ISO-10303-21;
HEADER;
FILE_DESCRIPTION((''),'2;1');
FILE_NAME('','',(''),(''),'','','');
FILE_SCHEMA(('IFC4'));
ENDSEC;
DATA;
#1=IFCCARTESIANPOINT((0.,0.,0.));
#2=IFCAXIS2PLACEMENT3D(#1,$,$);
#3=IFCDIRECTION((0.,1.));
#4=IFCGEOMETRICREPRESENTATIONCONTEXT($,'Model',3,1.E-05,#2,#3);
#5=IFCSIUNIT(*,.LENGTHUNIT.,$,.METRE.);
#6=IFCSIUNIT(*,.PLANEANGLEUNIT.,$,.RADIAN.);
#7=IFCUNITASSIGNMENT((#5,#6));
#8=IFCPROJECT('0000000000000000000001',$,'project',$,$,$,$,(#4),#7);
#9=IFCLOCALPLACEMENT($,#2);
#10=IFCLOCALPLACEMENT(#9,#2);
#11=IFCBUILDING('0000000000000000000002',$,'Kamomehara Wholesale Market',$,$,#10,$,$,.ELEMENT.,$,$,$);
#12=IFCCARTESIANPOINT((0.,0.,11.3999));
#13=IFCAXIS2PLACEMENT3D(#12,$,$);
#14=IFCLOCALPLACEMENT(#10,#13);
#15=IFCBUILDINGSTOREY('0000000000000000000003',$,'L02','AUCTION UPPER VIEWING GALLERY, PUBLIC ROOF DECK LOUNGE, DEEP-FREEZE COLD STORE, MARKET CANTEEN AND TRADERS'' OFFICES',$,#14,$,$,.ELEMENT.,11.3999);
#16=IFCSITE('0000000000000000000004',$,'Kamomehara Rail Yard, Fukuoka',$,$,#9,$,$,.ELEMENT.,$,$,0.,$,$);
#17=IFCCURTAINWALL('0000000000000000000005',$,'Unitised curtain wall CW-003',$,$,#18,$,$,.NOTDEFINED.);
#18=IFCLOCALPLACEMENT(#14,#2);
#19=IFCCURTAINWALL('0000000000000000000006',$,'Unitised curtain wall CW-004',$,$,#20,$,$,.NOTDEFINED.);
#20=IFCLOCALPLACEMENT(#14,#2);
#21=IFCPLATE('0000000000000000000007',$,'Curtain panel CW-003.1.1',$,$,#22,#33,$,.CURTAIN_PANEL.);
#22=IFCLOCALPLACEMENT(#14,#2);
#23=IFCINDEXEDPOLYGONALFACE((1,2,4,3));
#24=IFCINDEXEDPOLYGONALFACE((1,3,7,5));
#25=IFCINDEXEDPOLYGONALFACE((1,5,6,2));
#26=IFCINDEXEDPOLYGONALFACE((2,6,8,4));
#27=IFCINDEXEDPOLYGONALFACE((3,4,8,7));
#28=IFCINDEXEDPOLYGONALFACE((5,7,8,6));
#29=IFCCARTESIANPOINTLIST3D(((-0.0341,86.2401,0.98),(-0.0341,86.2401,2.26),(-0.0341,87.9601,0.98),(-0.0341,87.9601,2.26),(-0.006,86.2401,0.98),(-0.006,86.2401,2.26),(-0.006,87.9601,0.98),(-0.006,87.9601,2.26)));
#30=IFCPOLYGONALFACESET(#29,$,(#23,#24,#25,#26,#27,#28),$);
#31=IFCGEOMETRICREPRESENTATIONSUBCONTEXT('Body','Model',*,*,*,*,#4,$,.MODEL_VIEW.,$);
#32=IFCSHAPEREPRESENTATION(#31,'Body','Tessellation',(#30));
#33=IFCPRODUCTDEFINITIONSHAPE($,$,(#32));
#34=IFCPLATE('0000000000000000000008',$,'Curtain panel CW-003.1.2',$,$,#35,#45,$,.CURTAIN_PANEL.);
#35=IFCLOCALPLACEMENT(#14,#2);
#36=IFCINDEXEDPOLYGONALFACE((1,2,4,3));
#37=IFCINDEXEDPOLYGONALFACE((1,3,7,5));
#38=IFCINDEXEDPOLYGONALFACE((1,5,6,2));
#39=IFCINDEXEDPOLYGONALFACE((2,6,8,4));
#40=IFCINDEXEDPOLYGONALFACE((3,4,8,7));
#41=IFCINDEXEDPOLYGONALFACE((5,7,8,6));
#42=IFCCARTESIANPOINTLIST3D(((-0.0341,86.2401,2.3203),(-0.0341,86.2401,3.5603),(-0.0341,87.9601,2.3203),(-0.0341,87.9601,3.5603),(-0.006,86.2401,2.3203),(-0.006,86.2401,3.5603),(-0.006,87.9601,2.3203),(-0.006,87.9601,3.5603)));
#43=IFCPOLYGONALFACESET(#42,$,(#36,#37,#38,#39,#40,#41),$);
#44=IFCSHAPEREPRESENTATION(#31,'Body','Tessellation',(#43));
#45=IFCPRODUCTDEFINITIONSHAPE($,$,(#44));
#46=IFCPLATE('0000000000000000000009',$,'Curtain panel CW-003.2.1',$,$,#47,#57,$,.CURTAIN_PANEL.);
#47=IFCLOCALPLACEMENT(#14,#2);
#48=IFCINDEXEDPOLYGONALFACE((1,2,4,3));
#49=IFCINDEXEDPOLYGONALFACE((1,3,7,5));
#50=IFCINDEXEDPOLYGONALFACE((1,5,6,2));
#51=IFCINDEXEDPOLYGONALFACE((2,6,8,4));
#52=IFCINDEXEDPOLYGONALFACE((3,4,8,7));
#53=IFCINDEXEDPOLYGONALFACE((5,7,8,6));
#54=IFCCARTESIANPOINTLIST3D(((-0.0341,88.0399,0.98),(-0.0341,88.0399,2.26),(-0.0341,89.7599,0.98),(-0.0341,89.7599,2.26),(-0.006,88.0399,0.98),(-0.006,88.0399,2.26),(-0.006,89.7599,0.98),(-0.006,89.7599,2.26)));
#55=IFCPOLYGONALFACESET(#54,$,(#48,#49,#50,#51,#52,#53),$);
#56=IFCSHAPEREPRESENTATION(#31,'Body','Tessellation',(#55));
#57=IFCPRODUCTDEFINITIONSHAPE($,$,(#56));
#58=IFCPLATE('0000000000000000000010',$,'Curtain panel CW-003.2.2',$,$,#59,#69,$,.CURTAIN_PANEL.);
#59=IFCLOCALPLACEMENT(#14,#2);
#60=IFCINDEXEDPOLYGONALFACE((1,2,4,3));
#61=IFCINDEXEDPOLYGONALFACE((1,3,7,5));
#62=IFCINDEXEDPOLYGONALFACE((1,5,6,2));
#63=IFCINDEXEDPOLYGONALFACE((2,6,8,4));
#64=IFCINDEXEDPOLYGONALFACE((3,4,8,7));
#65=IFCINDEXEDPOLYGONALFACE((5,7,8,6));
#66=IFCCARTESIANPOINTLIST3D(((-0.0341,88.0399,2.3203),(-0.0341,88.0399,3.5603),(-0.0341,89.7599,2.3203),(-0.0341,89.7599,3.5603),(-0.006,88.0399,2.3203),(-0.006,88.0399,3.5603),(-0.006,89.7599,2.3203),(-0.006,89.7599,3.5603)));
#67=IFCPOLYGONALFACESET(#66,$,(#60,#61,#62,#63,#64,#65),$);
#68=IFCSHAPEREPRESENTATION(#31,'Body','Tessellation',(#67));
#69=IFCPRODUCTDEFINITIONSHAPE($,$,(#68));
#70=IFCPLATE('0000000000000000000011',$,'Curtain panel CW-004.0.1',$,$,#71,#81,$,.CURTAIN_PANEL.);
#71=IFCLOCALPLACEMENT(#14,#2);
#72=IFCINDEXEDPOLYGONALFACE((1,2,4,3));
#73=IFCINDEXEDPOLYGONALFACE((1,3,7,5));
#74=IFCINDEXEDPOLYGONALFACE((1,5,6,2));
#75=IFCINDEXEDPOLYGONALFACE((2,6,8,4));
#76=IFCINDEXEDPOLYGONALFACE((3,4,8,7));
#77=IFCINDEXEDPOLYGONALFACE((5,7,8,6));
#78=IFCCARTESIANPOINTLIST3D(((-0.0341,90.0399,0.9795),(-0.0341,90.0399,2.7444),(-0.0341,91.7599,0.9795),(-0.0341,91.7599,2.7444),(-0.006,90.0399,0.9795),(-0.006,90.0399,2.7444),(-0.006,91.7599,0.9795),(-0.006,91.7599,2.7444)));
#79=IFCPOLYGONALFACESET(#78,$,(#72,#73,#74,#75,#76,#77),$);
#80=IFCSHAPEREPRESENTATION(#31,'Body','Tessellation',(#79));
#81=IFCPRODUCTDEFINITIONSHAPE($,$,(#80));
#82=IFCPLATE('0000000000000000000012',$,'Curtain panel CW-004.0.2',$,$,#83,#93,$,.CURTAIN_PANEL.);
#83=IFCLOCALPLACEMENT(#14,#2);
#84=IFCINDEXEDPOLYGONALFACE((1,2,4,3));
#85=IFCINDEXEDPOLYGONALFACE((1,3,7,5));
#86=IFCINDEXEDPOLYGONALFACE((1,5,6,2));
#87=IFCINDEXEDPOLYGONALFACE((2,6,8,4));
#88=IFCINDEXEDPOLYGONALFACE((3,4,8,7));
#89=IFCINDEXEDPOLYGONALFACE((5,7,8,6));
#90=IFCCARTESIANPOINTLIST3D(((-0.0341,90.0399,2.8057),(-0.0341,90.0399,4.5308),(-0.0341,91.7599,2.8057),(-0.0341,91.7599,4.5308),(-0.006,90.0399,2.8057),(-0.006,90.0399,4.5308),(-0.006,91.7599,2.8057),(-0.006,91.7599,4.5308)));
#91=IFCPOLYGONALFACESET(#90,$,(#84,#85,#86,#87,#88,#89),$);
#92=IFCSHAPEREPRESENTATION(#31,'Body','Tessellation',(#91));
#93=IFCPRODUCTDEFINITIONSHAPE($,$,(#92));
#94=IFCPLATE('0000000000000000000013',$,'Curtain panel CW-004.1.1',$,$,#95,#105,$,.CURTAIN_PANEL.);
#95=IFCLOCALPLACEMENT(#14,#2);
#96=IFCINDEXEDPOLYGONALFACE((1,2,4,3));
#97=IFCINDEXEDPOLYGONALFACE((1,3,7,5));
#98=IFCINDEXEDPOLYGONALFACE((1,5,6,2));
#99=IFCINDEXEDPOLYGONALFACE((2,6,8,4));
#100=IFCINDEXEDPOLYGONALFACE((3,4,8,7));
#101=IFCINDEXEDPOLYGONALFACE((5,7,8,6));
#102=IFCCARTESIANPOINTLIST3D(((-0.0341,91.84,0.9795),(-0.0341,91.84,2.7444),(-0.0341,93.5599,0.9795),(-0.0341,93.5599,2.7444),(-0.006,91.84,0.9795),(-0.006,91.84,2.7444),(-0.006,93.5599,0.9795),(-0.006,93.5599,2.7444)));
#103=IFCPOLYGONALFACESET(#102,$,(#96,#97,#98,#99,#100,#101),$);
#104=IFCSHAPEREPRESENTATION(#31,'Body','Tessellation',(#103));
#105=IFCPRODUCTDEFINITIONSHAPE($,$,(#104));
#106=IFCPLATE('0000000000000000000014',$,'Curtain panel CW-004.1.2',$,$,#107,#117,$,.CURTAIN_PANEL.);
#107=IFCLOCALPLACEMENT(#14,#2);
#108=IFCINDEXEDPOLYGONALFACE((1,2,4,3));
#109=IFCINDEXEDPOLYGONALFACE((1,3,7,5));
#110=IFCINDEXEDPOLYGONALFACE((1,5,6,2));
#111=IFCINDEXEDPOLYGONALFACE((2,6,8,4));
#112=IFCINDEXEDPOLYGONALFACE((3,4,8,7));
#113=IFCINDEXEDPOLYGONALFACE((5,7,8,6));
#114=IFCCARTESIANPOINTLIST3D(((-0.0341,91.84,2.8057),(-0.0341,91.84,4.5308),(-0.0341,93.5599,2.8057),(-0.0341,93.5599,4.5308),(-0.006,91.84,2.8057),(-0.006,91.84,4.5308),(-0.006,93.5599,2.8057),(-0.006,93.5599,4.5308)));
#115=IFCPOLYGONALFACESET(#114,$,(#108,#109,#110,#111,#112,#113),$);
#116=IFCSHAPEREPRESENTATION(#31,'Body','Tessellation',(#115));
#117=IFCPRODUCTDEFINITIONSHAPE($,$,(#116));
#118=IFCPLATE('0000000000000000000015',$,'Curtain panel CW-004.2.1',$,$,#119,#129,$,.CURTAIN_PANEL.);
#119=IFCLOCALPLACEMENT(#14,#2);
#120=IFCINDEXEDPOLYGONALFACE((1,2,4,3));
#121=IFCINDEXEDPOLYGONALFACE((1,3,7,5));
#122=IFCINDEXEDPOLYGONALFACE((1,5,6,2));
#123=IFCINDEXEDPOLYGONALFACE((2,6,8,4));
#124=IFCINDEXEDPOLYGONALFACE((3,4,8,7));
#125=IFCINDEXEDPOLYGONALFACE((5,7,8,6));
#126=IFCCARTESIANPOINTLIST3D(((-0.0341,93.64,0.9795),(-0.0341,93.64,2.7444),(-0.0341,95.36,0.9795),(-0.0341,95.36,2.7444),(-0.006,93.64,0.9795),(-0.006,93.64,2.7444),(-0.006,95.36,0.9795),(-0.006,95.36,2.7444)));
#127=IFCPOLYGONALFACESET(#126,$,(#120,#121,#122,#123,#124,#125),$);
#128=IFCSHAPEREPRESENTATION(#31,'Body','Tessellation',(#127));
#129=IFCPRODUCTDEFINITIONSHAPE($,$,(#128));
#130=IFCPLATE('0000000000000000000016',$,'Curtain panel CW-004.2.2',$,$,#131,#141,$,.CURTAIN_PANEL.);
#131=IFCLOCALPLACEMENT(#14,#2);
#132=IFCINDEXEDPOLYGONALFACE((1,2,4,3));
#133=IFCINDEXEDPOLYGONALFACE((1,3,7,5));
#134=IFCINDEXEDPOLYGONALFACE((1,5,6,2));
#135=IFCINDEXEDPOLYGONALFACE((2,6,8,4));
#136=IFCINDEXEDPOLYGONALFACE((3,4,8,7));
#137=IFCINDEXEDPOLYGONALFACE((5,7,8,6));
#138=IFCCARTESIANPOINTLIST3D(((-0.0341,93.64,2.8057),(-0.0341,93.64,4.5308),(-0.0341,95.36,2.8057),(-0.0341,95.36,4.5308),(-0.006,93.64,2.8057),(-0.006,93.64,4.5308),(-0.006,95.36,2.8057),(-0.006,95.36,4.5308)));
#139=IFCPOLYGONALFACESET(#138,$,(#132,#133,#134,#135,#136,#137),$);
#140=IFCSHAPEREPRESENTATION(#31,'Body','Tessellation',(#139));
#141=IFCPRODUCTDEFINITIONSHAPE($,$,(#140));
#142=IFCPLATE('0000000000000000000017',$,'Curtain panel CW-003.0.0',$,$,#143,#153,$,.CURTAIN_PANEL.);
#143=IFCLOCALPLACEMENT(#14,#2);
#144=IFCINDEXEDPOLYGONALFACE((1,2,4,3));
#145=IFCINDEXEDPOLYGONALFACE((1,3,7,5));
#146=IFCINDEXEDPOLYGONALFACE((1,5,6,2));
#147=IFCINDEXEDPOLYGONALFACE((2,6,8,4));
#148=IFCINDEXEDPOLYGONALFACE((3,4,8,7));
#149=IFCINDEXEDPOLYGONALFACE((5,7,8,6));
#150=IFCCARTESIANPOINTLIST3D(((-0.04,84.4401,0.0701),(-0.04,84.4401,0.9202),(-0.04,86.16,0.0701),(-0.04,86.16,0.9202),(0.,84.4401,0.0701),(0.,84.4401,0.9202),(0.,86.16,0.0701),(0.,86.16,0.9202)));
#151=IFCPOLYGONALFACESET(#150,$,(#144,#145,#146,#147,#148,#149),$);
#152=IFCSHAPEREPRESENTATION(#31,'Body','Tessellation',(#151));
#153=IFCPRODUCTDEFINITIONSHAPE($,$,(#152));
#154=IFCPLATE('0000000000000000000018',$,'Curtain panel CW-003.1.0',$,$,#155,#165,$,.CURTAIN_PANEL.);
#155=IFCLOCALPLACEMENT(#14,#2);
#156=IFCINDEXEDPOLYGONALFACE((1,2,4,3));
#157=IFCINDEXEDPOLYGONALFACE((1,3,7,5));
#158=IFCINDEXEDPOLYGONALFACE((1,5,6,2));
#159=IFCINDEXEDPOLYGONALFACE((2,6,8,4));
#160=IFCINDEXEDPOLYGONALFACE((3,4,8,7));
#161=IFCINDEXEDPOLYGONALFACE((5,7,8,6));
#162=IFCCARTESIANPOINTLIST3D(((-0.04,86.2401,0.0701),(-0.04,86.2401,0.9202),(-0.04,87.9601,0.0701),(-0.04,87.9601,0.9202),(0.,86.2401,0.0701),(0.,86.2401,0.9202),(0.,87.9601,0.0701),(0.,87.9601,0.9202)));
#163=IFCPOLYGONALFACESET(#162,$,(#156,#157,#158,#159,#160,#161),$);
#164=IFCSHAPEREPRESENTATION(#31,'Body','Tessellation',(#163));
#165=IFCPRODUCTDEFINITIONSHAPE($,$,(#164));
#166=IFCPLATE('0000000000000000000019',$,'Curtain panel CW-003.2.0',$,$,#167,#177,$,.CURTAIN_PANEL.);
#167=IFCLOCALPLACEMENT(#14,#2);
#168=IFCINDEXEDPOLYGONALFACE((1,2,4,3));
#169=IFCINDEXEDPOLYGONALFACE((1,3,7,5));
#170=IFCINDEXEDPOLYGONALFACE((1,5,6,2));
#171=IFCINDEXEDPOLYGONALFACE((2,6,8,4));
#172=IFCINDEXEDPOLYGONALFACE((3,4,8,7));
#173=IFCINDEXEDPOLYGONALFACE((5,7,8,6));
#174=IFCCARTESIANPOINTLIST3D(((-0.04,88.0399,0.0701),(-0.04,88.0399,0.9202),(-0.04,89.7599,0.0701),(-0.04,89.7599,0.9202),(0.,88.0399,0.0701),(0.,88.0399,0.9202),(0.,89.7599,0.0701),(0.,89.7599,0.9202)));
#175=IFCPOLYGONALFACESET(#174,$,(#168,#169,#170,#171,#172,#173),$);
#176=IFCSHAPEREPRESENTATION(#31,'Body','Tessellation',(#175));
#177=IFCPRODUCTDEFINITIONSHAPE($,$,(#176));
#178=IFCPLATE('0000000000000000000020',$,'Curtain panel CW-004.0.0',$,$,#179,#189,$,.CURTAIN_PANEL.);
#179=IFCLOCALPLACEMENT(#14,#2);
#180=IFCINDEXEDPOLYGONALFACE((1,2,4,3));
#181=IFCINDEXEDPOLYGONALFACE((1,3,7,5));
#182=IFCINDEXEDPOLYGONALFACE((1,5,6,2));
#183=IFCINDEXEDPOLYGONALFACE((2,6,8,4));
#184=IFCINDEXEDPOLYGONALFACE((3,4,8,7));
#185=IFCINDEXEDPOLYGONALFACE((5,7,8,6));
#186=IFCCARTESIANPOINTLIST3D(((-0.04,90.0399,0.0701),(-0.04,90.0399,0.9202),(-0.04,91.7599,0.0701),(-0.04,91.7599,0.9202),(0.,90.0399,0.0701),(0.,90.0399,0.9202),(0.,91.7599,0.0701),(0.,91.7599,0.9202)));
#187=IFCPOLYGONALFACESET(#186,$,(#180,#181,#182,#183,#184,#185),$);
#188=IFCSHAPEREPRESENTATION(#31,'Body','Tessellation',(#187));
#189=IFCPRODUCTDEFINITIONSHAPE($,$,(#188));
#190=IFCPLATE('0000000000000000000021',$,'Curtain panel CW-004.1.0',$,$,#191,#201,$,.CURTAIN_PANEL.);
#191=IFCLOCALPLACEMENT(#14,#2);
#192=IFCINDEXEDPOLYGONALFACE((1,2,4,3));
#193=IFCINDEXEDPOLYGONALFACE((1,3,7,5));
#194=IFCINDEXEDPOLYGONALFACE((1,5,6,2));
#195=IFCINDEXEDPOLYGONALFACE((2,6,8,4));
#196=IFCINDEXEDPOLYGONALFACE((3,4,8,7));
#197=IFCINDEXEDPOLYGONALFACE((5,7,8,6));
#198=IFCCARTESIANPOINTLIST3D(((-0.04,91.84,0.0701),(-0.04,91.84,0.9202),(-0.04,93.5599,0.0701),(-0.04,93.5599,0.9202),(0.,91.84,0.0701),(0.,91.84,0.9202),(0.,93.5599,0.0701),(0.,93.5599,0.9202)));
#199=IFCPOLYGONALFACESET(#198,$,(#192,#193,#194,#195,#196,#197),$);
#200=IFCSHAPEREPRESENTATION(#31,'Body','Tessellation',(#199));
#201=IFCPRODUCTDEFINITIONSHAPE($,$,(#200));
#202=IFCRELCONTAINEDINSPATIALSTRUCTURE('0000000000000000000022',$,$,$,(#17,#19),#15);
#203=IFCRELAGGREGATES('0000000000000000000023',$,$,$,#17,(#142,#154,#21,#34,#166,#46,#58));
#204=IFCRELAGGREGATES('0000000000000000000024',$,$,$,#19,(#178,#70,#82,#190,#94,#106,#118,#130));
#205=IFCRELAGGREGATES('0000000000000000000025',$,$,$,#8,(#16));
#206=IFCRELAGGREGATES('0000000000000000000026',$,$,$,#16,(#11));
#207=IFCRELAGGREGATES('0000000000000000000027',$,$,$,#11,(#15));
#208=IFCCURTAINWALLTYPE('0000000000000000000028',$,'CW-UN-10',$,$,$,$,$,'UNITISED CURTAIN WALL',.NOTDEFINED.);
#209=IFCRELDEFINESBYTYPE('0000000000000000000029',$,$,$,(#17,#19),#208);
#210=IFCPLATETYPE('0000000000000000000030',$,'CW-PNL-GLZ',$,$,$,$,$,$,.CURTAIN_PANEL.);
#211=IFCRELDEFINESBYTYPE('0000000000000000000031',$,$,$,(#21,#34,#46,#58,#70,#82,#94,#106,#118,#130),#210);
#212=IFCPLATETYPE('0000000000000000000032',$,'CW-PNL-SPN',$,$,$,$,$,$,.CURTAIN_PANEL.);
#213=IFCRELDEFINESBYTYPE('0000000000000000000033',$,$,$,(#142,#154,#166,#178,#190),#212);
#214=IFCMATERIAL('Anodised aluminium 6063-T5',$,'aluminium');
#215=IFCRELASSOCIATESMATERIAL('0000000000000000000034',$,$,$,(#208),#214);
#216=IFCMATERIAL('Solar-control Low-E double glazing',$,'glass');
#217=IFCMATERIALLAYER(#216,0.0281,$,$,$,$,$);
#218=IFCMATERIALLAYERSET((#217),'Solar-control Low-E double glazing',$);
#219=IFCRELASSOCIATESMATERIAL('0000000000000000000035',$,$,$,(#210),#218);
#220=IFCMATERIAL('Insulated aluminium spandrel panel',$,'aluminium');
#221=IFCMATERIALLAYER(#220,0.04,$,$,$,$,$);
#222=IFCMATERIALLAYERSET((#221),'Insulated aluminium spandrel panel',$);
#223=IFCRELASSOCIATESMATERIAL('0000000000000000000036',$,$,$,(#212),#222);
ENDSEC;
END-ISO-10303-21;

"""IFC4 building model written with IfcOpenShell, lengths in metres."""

from ifc_helpers import new_model, si_unit, direction, frame, origin, origin_2d, place, context, subcontext, project, spatial, rectangle, extrude, material, layer, layer_set, type_object, element, aggregate, save


model = new_model("IFC4")

# Units and contexts
model_context = context("Model", 3, precision=1e-05, world=origin(), true_north=direction((0.0, 1.0)))
body_context = subcontext(model_context, "Body", "Model", "MODEL_VIEW")
ifc_project = project(units=[si_unit("LENGTHUNIT", "METRE"), si_unit("PLANEANGLEUNIT", "RADIAN")], contexts=[model_context])

# Site, building, storey
site_placement = place(None, origin())
site = spatial("IfcSite", under=ifc_project, at=site_placement, Name="Kamomehara Rail Yard, Fukuoka", CompositionType="ELEMENT", RefElevation=0.0)
building_placement = place(site_placement, origin())
building = spatial("IfcBuilding", under=site, at=building_placement, Name="Kamomehara Wholesale Market", CompositionType="ELEMENT")
storey_placement = place(building_placement, frame((0.0, 0.0, 11.3999)))
storey = spatial("IfcBuildingStorey", under=building, at=storey_placement, Name="L02", Description="AUCTION UPPER VIEWING GALLERY, PUBLIC ROOF DECK LOUNGE, DEEP-FREEZE COLD STORE, MARKET CANTEEN AND TRADERS' OFFICES", CompositionType="ELEMENT", Elevation=11.3999)

# Curtain walls
ifc_material_1 = material(Name="Anodised aluminium 6063-T5", Category="aluminium")
curtain_wall_type = type_object("IfcCurtainWallType", Name="CW-UN-10", ElementType="UNITISED CURTAIN WALL", PredefinedType="NOTDEFINED", material=ifc_material_1)
curtain_wall_1_placement = place(storey_placement, origin())
curtain_wall_1 = element("IfcCurtainWall", 1, at=curtain_wall_1_placement, inside=storey, type_object=curtain_wall_type, Name="Unitised curtain wall CW-003", PredefinedType="NOTDEFINED")
curtain_wall_2_placement = place(storey_placement, origin())
curtain_wall_2 = element("IfcCurtainWall", 2, at=curtain_wall_2_placement, inside=storey, type_object=curtain_wall_type, Name="Unitised curtain wall CW-004", PredefinedType="NOTDEFINED")

# Plates
ifc_material_2 = material(Name="Solar-control Low-E double glazing", Category="glass")
ifc_layer_1 = layer(ifc_material_2, 0.0281)
ifc_layer_set_1 = layer_set([ifc_layer_1], Name="Solar-control Low-E double glazing")
plate_type_1 = type_object("IfcPlateType", Name="CW-PNL-GLZ", PredefinedType="CURTAIN_PANEL", material=ifc_layer_set_1)
plate_1_placement = place(storey_placement, frame((-0.02, 87.1001, 0.98), z_axis=(0.0, 0.0, 1.0), x_axis=(0.0, 1.0, 0.0)))
plate_1 = element("IfcPlate", 3, at=plate_1_placement, type_object=plate_type_1, Name="Curtain panel CW-003.1.1", PredefinedType="CURTAIN_PANEL", context=body_context, shape_type="SweptSolid", body=[
    extrude(rectangle(XDim=1.72, YDim=0.0281, at=origin_2d()), origin(), (0.0, 0.0, 1.0), 1.28),
])
plate_2_placement = place(storey_placement, frame((-0.02, 87.1001, 2.3203), z_axis=(0.0, 0.0, 1.0), x_axis=(0.0, 1.0, 0.0)))
plate_2 = element("IfcPlate", 4, at=plate_2_placement, type_object=plate_type_1, Name="Curtain panel CW-003.1.2", PredefinedType="CURTAIN_PANEL", context=body_context, shape_type="SweptSolid", body=[
    extrude(rectangle(XDim=1.72, YDim=0.0281, at=origin_2d()), origin(), (0.0, 0.0, 1.0), 1.24),
])
plate_3_placement = place(storey_placement, frame((-0.02, 88.8999, 0.98), z_axis=(0.0, 0.0, 1.0), x_axis=(0.0, 1.0, 0.0)))
plate_3 = element("IfcPlate", 5, at=plate_3_placement, type_object=plate_type_1, Name="Curtain panel CW-003.2.1", PredefinedType="CURTAIN_PANEL", context=body_context, shape_type="SweptSolid", body=[
    extrude(rectangle(XDim=1.72, YDim=0.0281, at=origin_2d()), origin(), (0.0, 0.0, 1.0), 1.28),
])
plate_4_placement = place(storey_placement, frame((-0.02, 88.8999, 2.3203), z_axis=(0.0, 0.0, 1.0), x_axis=(0.0, 1.0, 0.0)))
plate_4 = element("IfcPlate", 6, at=plate_4_placement, type_object=plate_type_1, Name="Curtain panel CW-003.2.2", PredefinedType="CURTAIN_PANEL", context=body_context, shape_type="SweptSolid", body=[
    extrude(rectangle(XDim=1.72, YDim=0.0281, at=origin_2d()), origin(), (0.0, 0.0, 1.0), 1.24),
])
plate_5_placement = place(storey_placement, frame((-0.02, 90.8999, 0.9795), z_axis=(0.0, 0.0, 1.0), x_axis=(0.0, 1.0, 0.0)))
plate_5 = element("IfcPlate", 7, at=plate_5_placement, type_object=plate_type_1, Name="Curtain panel CW-004.0.1", PredefinedType="CURTAIN_PANEL", context=body_context, shape_type="SweptSolid", body=[
    extrude(rectangle(XDim=1.72, YDim=0.0281, at=origin_2d()), origin(), (0.0, 0.0, 1.0), 1.7649),
])
plate_6_placement = place(storey_placement, frame((-0.02, 90.8999, 2.8057), z_axis=(0.0, 0.0, 1.0), x_axis=(0.0, 1.0, 0.0)))
plate_6 = element("IfcPlate", 8, at=plate_6_placement, type_object=plate_type_1, Name="Curtain panel CW-004.0.2", PredefinedType="CURTAIN_PANEL", context=body_context, shape_type="SweptSolid", body=[
    extrude(rectangle(XDim=1.72, YDim=0.0281, at=origin_2d()), origin(), (0.0, 0.0, 1.0), 1.7251),
])
plate_7_placement = place(storey_placement, frame((-0.02, 92.7, 0.9795), z_axis=(0.0, 0.0, 1.0), x_axis=(0.0, 1.0, 0.0)))
plate_7 = element("IfcPlate", 9, at=plate_7_placement, type_object=plate_type_1, Name="Curtain panel CW-004.1.1", PredefinedType="CURTAIN_PANEL", context=body_context, shape_type="SweptSolid", body=[
    extrude(rectangle(XDim=1.72, YDim=0.0281, at=origin_2d()), origin(), (0.0, 0.0, 1.0), 1.7649),
])
plate_8_placement = place(storey_placement, frame((-0.02, 92.7, 2.8057), z_axis=(0.0, 0.0, 1.0), x_axis=(0.0, 1.0, 0.0)))
plate_8 = element("IfcPlate", 10, at=plate_8_placement, type_object=plate_type_1, Name="Curtain panel CW-004.1.2", PredefinedType="CURTAIN_PANEL", context=body_context, shape_type="SweptSolid", body=[
    extrude(rectangle(XDim=1.72, YDim=0.0281, at=origin_2d()), origin(), (0.0, 0.0, 1.0), 1.7251),
])
plate_9_placement = place(storey_placement, frame((-0.02, 94.5, 0.9795), z_axis=(0.0, 0.0, 1.0), x_axis=(0.0, 1.0, 0.0)))
plate_9 = element("IfcPlate", 11, at=plate_9_placement, type_object=plate_type_1, Name="Curtain panel CW-004.2.1", PredefinedType="CURTAIN_PANEL", context=body_context, shape_type="SweptSolid", body=[
    extrude(rectangle(XDim=1.72, YDim=0.0281, at=origin_2d()), origin(), (0.0, 0.0, 1.0), 1.7649),
])
plate_10_placement = place(storey_placement, frame((-0.02, 94.5, 2.8057), z_axis=(0.0, 0.0, 1.0), x_axis=(0.0, 1.0, 0.0)))
plate_10 = element("IfcPlate", 12, at=plate_10_placement, type_object=plate_type_1, Name="Curtain panel CW-004.2.2", PredefinedType="CURTAIN_PANEL", context=body_context, shape_type="SweptSolid", body=[
    extrude(rectangle(XDim=1.72, YDim=0.0281, at=origin_2d()), origin(), (0.0, 0.0, 1.0), 1.7251),
])
ifc_material_3 = material(Name="Insulated aluminium spandrel panel", Category="aluminium")
ifc_layer_2 = layer(ifc_material_3, 0.04)
ifc_layer_set_2 = layer_set([ifc_layer_2], Name="Insulated aluminium spandrel panel")
plate_type_2 = type_object("IfcPlateType", Name="CW-PNL-SPN", PredefinedType="CURTAIN_PANEL", material=ifc_layer_set_2)
plate_11_placement = place(storey_placement, frame((-0.02, 85.3, 0.0701), z_axis=(0.0, 0.0, 1.0), x_axis=(0.0, 1.0, 0.0)))
plate_11 = element("IfcPlate", 13, at=plate_11_placement, type_object=plate_type_2, Name="Curtain panel CW-003.0.0", PredefinedType="CURTAIN_PANEL", context=body_context, shape_type="SweptSolid", body=[
    extrude(rectangle(XDim=1.72, YDim=0.04, at=origin_2d()), origin(), (0.0, 0.0, 1.0), 0.8501),
])
plate_12_placement = place(storey_placement, frame((-0.02, 87.1001, 0.0701), z_axis=(0.0, 0.0, 1.0), x_axis=(0.0, 1.0, 0.0)))
plate_12 = element("IfcPlate", 14, at=plate_12_placement, type_object=plate_type_2, Name="Curtain panel CW-003.1.0", PredefinedType="CURTAIN_PANEL", context=body_context, shape_type="SweptSolid", body=[
    extrude(rectangle(XDim=1.72, YDim=0.04, at=origin_2d()), origin(), (0.0, 0.0, 1.0), 0.8501),
])
plate_13_placement = place(storey_placement, frame((-0.02, 88.8999, 0.0701), z_axis=(0.0, 0.0, 1.0), x_axis=(0.0, 1.0, 0.0)))
plate_13 = element("IfcPlate", 15, at=plate_13_placement, type_object=plate_type_2, Name="Curtain panel CW-003.2.0", PredefinedType="CURTAIN_PANEL", context=body_context, shape_type="SweptSolid", body=[
    extrude(rectangle(XDim=1.72, YDim=0.04, at=origin_2d()), origin(), (0.0, 0.0, 1.0), 0.8501),
])
aggregate(curtain_wall_1, [plate_11, plate_12, plate_1, plate_2, plate_13, plate_3, plate_4])
plate_14_placement = place(storey_placement, frame((-0.02, 90.8999, 0.0701), z_axis=(0.0, 0.0, 1.0), x_axis=(0.0, 1.0, 0.0)))
plate_14 = element("IfcPlate", 16, at=plate_14_placement, type_object=plate_type_2, Name="Curtain panel CW-004.0.0", PredefinedType="CURTAIN_PANEL", context=body_context, shape_type="SweptSolid", body=[
    extrude(rectangle(XDim=1.72, YDim=0.04, at=origin_2d()), origin(), (0.0, 0.0, 1.0), 0.8501),
])
plate_15_placement = place(storey_placement, frame((-0.02, 92.7, 0.0701), z_axis=(0.0, 0.0, 1.0), x_axis=(0.0, 1.0, 0.0)))
plate_15 = element("IfcPlate", 17, at=plate_15_placement, type_object=plate_type_2, Name="Curtain panel CW-004.1.0", PredefinedType="CURTAIN_PANEL", context=body_context, shape_type="SweptSolid", body=[
    extrude(rectangle(XDim=1.72, YDim=0.04, at=origin_2d()), origin(), (0.0, 0.0, 1.0), 0.8501),
])
aggregate(curtain_wall_2, [plate_14, plate_5, plate_6, plate_15, plate_7, plate_8, plate_9, plate_10])

save(model, "model.ifc")
